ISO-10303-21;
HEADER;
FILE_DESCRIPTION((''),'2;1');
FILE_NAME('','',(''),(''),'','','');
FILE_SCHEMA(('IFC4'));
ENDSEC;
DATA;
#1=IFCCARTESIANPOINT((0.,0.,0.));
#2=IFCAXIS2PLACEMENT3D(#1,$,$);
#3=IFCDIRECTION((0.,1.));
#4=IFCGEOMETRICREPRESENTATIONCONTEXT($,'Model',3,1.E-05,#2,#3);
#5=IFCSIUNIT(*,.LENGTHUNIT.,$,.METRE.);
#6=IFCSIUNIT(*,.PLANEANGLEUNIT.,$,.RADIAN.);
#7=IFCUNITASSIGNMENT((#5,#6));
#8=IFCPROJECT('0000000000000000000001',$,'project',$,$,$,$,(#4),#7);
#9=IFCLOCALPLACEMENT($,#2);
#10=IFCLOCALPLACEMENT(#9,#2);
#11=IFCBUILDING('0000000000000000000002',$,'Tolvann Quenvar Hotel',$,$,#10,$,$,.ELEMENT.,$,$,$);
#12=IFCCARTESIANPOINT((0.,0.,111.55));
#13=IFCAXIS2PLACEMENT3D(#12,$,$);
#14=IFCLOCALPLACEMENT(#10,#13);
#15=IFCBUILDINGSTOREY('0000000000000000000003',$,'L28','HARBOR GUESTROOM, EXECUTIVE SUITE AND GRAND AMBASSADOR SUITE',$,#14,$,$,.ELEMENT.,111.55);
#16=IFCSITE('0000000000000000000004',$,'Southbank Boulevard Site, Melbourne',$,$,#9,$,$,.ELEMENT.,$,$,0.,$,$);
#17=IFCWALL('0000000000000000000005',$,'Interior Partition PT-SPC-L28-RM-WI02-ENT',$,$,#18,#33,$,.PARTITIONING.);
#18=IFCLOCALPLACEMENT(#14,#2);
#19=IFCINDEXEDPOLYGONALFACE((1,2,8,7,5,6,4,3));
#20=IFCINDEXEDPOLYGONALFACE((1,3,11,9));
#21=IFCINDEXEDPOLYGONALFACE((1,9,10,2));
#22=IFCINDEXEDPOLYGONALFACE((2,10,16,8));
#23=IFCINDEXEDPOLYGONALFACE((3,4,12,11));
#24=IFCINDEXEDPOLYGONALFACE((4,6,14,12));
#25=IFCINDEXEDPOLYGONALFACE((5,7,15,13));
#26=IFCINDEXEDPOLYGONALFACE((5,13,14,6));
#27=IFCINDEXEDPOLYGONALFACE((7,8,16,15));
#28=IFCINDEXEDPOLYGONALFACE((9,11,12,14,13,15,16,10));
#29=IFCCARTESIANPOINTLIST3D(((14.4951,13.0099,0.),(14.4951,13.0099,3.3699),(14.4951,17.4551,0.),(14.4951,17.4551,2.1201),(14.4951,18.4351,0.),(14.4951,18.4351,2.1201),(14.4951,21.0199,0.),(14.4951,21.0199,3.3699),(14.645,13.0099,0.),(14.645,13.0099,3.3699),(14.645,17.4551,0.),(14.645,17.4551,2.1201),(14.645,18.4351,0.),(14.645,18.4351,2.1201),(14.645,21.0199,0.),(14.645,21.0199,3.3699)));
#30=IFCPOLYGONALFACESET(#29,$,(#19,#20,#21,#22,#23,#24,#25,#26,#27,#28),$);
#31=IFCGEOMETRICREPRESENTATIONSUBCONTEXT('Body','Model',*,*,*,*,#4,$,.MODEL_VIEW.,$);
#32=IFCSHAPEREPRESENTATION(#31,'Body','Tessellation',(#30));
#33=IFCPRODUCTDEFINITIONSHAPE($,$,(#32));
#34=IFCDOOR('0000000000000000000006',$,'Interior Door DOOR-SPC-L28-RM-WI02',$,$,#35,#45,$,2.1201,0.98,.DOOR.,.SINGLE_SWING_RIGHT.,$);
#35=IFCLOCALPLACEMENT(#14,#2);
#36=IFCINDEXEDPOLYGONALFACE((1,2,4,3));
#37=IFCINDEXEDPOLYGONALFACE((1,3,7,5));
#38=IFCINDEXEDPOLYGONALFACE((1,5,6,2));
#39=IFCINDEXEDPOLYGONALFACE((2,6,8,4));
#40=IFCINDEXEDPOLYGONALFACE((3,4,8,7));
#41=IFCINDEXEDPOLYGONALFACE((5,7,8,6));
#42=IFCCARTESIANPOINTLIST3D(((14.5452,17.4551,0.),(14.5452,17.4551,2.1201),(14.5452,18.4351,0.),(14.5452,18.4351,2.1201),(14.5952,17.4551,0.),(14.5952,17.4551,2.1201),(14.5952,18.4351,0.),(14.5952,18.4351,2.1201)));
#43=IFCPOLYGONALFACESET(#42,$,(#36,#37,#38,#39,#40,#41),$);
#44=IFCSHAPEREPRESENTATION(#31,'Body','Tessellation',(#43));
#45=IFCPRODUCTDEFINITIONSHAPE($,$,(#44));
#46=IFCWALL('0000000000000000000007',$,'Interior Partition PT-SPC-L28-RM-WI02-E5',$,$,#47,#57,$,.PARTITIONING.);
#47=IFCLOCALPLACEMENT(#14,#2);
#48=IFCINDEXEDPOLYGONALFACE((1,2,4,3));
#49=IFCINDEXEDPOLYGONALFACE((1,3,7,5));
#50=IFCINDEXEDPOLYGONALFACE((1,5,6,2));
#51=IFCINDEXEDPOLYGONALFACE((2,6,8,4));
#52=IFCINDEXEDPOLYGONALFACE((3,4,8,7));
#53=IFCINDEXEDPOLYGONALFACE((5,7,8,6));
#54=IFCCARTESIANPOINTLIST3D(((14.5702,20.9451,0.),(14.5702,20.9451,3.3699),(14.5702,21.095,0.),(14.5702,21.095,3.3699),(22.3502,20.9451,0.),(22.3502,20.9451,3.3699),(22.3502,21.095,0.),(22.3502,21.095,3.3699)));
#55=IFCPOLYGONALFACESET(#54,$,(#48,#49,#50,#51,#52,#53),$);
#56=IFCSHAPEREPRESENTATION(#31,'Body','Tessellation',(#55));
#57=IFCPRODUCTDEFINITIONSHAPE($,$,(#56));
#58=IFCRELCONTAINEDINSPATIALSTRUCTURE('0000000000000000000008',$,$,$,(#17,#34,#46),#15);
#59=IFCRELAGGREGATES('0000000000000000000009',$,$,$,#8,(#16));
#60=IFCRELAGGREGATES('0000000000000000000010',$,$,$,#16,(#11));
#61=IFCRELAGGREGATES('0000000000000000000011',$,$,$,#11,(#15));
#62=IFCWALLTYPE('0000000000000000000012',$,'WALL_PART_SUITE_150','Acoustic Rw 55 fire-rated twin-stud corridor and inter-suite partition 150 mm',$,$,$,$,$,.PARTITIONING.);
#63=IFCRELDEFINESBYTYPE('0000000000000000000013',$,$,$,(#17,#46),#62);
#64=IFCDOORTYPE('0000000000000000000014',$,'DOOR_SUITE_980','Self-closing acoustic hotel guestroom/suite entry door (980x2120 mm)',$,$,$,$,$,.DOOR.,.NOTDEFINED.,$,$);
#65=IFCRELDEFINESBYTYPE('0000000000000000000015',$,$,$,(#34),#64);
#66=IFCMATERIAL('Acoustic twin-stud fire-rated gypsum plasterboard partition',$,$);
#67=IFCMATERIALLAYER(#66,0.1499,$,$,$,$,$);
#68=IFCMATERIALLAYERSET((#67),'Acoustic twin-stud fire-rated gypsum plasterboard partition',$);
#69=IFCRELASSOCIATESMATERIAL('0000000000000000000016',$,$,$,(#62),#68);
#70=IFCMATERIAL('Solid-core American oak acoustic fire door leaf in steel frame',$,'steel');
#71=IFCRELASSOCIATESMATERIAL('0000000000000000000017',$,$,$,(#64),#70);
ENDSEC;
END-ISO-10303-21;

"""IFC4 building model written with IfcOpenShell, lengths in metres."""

from ifc_helpers import new_model, si_unit, direction, frame, frame_2d, origin, place, context, subcontext, project, spatial, rectangle, extrude, source, transform, mapped, material, layer, layer_set, type_object, type_shapes, element, fill, save


model = new_model("IFC4")

# Units and contexts
model_context = context("Model", 3, precision=1e-05, world=origin(), true_north=direction((0.0, 1.0)))
body_context = subcontext(model_context, "Body", "Model", "MODEL_VIEW")
ifc_project = project(units=[si_unit("LENGTHUNIT", "METRE"), si_unit("PLANEANGLEUNIT", "RADIAN")], contexts=[model_context])

# Site, building, storey
site_placement = place(None, origin())
site = spatial("IfcSite", under=ifc_project, at=site_placement, Name="Southbank Boulevard Site, Melbourne", CompositionType="ELEMENT", RefElevation=0.0)
building_placement = place(site_placement, origin())
building = spatial("IfcBuilding", under=site, at=building_placement, Name="Tolvann Quenvar Hotel", CompositionType="ELEMENT")
storey_placement = place(building_placement, frame((0.0, 0.0, 111.55)))
storey = spatial("IfcBuildingStorey", under=building, at=storey_placement, Name="L28", Description="HARBOR GUESTROOM, EXECUTIVE SUITE AND GRAND AMBASSADOR SUITE", CompositionType="ELEMENT", Elevation=111.55)

# Shared definitions
ifc_material_1 = material(Name="Acoustic twin-stud fire-rated gypsum plasterboard partition")

# Shared definitions
ifc_material_2 = material(Name="Solid-core American oak acoustic fire door leaf in steel frame", Category="steel")

# Shared definitions
ifc_layer_1 = layer(ifc_material_1, 0.1499)
ifc_layer_set_1 = layer_set([ifc_layer_1], Name="Acoustic twin-stud fire-rated gypsum plasterboard partition")
wall_type_1 = type_object("IfcWallType", Name="WALL_PART_SUITE_150", Description="Acoustic Rw 55 fire-rated twin-stud corridor and inter-suite partition 150 mm", PredefinedType="PARTITIONING", material=ifc_layer_set_1)

# Wall, opening, door
wall_1_placement = place(storey_placement, frame((14.5701, 13.01, 0.0), z_axis=(0.0, 0.0, 1.0), x_axis=(0.0, 1.0, 0.0)))
wall_1 = element("IfcWall", 1, at=wall_1_placement, inside=storey, type_object=wall_type_1, Name="Interior Partition PT-SPC-L28-RM-WI02-ENT", PredefinedType="PARTITIONING", context=body_context, shape_type="SweptSolid", body=[
    extrude(rectangle(XDim=8.01, YDim=0.1499, at=frame_2d((4.0049, 0.0))), origin(), (0.0, 0.0, 1.0), 3.3699),
])
opening_1_placement = place(wall_1_placement, frame((4.4451, 0.0, 0.0)))
opening_1 = element("IfcOpeningElement", 2, at=opening_1_placement, cuts=wall_1, PredefinedType="OPENING", context=body_context, shape_type="SweptSolid", body=[
    extrude(rectangle(XDim=0.98, YDim=2.1201, at=frame_2d((0.49, 1.0601))), frame((0.0, 0.085, 0.0), z_axis=(0.0, -1.0, 0.0), x_axis=(1.0, 0.0, 0.0)), (0.0, 0.0, 1.0), 0.1699),
])
door_type_1 = type_object("IfcDoorType", Name="DOOR_SUITE_980", Description="Self-closing acoustic hotel guestroom/suite entry door (980x2120 mm)", OperationType="NOTDEFINED", PredefinedType="DOOR", material=ifc_material_2)
shared_shape_1 = source(origin(), body_context, "Body", "SweptSolid", [
    extrude(rectangle(XDim=0.98, YDim=2.1201, at=frame_2d((0.49, 1.0601))), frame((0.0, 0.0249, 0.0), z_axis=(0.0, -1.0, 0.0), x_axis=(1.0, 0.0, 0.0)), (0.0, 0.0, 1.0), 0.05),
])
type_shapes(door_type_1, [shared_shape_1])
door_1_placement = place(opening_1_placement, origin())
door_1 = element("IfcDoor", 3, at=door_1_placement, inside=storey, type_object=door_type_1, Name="Interior Door DOOR-SPC-L28-RM-WI02", OperationType="SINGLE_SWING_RIGHT", OverallHeight=2.1201, OverallWidth=0.98, PredefinedType="DOOR", context=body_context, shape_type="MappedRepresentation", body=[
    mapped(shared_shape_1, transform((0.0, 0.0, 0.0), x_axis=(1.0, 0.0, 0.0), y_axis=(0.0, 1.0, 0.0), z_axis=(0.0, 0.0, 1.0), scale=1.0)),
])
fill(opening_1, door_1)

# Wall
wall_2_placement = place(storey_placement, frame((14.5701, 21.02, 0.0), z_axis=(0.0, 0.0, 1.0), x_axis=(1.0, 0.0, 0.0)))
element("IfcWall", 4, at=wall_2_placement, inside=storey, type_object=wall_type_1, Name="Interior Partition PT-SPC-L28-RM-WI02-E5", PredefinedType="PARTITIONING", context=body_context, shape_type="SweptSolid", body=[
    extrude(rectangle(XDim=7.78, YDim=0.1499, at=frame_2d((3.8901, 0.0))), origin(), (0.0, 0.0, 1.0), 3.3699),
])

save(model, "model.ifc")
